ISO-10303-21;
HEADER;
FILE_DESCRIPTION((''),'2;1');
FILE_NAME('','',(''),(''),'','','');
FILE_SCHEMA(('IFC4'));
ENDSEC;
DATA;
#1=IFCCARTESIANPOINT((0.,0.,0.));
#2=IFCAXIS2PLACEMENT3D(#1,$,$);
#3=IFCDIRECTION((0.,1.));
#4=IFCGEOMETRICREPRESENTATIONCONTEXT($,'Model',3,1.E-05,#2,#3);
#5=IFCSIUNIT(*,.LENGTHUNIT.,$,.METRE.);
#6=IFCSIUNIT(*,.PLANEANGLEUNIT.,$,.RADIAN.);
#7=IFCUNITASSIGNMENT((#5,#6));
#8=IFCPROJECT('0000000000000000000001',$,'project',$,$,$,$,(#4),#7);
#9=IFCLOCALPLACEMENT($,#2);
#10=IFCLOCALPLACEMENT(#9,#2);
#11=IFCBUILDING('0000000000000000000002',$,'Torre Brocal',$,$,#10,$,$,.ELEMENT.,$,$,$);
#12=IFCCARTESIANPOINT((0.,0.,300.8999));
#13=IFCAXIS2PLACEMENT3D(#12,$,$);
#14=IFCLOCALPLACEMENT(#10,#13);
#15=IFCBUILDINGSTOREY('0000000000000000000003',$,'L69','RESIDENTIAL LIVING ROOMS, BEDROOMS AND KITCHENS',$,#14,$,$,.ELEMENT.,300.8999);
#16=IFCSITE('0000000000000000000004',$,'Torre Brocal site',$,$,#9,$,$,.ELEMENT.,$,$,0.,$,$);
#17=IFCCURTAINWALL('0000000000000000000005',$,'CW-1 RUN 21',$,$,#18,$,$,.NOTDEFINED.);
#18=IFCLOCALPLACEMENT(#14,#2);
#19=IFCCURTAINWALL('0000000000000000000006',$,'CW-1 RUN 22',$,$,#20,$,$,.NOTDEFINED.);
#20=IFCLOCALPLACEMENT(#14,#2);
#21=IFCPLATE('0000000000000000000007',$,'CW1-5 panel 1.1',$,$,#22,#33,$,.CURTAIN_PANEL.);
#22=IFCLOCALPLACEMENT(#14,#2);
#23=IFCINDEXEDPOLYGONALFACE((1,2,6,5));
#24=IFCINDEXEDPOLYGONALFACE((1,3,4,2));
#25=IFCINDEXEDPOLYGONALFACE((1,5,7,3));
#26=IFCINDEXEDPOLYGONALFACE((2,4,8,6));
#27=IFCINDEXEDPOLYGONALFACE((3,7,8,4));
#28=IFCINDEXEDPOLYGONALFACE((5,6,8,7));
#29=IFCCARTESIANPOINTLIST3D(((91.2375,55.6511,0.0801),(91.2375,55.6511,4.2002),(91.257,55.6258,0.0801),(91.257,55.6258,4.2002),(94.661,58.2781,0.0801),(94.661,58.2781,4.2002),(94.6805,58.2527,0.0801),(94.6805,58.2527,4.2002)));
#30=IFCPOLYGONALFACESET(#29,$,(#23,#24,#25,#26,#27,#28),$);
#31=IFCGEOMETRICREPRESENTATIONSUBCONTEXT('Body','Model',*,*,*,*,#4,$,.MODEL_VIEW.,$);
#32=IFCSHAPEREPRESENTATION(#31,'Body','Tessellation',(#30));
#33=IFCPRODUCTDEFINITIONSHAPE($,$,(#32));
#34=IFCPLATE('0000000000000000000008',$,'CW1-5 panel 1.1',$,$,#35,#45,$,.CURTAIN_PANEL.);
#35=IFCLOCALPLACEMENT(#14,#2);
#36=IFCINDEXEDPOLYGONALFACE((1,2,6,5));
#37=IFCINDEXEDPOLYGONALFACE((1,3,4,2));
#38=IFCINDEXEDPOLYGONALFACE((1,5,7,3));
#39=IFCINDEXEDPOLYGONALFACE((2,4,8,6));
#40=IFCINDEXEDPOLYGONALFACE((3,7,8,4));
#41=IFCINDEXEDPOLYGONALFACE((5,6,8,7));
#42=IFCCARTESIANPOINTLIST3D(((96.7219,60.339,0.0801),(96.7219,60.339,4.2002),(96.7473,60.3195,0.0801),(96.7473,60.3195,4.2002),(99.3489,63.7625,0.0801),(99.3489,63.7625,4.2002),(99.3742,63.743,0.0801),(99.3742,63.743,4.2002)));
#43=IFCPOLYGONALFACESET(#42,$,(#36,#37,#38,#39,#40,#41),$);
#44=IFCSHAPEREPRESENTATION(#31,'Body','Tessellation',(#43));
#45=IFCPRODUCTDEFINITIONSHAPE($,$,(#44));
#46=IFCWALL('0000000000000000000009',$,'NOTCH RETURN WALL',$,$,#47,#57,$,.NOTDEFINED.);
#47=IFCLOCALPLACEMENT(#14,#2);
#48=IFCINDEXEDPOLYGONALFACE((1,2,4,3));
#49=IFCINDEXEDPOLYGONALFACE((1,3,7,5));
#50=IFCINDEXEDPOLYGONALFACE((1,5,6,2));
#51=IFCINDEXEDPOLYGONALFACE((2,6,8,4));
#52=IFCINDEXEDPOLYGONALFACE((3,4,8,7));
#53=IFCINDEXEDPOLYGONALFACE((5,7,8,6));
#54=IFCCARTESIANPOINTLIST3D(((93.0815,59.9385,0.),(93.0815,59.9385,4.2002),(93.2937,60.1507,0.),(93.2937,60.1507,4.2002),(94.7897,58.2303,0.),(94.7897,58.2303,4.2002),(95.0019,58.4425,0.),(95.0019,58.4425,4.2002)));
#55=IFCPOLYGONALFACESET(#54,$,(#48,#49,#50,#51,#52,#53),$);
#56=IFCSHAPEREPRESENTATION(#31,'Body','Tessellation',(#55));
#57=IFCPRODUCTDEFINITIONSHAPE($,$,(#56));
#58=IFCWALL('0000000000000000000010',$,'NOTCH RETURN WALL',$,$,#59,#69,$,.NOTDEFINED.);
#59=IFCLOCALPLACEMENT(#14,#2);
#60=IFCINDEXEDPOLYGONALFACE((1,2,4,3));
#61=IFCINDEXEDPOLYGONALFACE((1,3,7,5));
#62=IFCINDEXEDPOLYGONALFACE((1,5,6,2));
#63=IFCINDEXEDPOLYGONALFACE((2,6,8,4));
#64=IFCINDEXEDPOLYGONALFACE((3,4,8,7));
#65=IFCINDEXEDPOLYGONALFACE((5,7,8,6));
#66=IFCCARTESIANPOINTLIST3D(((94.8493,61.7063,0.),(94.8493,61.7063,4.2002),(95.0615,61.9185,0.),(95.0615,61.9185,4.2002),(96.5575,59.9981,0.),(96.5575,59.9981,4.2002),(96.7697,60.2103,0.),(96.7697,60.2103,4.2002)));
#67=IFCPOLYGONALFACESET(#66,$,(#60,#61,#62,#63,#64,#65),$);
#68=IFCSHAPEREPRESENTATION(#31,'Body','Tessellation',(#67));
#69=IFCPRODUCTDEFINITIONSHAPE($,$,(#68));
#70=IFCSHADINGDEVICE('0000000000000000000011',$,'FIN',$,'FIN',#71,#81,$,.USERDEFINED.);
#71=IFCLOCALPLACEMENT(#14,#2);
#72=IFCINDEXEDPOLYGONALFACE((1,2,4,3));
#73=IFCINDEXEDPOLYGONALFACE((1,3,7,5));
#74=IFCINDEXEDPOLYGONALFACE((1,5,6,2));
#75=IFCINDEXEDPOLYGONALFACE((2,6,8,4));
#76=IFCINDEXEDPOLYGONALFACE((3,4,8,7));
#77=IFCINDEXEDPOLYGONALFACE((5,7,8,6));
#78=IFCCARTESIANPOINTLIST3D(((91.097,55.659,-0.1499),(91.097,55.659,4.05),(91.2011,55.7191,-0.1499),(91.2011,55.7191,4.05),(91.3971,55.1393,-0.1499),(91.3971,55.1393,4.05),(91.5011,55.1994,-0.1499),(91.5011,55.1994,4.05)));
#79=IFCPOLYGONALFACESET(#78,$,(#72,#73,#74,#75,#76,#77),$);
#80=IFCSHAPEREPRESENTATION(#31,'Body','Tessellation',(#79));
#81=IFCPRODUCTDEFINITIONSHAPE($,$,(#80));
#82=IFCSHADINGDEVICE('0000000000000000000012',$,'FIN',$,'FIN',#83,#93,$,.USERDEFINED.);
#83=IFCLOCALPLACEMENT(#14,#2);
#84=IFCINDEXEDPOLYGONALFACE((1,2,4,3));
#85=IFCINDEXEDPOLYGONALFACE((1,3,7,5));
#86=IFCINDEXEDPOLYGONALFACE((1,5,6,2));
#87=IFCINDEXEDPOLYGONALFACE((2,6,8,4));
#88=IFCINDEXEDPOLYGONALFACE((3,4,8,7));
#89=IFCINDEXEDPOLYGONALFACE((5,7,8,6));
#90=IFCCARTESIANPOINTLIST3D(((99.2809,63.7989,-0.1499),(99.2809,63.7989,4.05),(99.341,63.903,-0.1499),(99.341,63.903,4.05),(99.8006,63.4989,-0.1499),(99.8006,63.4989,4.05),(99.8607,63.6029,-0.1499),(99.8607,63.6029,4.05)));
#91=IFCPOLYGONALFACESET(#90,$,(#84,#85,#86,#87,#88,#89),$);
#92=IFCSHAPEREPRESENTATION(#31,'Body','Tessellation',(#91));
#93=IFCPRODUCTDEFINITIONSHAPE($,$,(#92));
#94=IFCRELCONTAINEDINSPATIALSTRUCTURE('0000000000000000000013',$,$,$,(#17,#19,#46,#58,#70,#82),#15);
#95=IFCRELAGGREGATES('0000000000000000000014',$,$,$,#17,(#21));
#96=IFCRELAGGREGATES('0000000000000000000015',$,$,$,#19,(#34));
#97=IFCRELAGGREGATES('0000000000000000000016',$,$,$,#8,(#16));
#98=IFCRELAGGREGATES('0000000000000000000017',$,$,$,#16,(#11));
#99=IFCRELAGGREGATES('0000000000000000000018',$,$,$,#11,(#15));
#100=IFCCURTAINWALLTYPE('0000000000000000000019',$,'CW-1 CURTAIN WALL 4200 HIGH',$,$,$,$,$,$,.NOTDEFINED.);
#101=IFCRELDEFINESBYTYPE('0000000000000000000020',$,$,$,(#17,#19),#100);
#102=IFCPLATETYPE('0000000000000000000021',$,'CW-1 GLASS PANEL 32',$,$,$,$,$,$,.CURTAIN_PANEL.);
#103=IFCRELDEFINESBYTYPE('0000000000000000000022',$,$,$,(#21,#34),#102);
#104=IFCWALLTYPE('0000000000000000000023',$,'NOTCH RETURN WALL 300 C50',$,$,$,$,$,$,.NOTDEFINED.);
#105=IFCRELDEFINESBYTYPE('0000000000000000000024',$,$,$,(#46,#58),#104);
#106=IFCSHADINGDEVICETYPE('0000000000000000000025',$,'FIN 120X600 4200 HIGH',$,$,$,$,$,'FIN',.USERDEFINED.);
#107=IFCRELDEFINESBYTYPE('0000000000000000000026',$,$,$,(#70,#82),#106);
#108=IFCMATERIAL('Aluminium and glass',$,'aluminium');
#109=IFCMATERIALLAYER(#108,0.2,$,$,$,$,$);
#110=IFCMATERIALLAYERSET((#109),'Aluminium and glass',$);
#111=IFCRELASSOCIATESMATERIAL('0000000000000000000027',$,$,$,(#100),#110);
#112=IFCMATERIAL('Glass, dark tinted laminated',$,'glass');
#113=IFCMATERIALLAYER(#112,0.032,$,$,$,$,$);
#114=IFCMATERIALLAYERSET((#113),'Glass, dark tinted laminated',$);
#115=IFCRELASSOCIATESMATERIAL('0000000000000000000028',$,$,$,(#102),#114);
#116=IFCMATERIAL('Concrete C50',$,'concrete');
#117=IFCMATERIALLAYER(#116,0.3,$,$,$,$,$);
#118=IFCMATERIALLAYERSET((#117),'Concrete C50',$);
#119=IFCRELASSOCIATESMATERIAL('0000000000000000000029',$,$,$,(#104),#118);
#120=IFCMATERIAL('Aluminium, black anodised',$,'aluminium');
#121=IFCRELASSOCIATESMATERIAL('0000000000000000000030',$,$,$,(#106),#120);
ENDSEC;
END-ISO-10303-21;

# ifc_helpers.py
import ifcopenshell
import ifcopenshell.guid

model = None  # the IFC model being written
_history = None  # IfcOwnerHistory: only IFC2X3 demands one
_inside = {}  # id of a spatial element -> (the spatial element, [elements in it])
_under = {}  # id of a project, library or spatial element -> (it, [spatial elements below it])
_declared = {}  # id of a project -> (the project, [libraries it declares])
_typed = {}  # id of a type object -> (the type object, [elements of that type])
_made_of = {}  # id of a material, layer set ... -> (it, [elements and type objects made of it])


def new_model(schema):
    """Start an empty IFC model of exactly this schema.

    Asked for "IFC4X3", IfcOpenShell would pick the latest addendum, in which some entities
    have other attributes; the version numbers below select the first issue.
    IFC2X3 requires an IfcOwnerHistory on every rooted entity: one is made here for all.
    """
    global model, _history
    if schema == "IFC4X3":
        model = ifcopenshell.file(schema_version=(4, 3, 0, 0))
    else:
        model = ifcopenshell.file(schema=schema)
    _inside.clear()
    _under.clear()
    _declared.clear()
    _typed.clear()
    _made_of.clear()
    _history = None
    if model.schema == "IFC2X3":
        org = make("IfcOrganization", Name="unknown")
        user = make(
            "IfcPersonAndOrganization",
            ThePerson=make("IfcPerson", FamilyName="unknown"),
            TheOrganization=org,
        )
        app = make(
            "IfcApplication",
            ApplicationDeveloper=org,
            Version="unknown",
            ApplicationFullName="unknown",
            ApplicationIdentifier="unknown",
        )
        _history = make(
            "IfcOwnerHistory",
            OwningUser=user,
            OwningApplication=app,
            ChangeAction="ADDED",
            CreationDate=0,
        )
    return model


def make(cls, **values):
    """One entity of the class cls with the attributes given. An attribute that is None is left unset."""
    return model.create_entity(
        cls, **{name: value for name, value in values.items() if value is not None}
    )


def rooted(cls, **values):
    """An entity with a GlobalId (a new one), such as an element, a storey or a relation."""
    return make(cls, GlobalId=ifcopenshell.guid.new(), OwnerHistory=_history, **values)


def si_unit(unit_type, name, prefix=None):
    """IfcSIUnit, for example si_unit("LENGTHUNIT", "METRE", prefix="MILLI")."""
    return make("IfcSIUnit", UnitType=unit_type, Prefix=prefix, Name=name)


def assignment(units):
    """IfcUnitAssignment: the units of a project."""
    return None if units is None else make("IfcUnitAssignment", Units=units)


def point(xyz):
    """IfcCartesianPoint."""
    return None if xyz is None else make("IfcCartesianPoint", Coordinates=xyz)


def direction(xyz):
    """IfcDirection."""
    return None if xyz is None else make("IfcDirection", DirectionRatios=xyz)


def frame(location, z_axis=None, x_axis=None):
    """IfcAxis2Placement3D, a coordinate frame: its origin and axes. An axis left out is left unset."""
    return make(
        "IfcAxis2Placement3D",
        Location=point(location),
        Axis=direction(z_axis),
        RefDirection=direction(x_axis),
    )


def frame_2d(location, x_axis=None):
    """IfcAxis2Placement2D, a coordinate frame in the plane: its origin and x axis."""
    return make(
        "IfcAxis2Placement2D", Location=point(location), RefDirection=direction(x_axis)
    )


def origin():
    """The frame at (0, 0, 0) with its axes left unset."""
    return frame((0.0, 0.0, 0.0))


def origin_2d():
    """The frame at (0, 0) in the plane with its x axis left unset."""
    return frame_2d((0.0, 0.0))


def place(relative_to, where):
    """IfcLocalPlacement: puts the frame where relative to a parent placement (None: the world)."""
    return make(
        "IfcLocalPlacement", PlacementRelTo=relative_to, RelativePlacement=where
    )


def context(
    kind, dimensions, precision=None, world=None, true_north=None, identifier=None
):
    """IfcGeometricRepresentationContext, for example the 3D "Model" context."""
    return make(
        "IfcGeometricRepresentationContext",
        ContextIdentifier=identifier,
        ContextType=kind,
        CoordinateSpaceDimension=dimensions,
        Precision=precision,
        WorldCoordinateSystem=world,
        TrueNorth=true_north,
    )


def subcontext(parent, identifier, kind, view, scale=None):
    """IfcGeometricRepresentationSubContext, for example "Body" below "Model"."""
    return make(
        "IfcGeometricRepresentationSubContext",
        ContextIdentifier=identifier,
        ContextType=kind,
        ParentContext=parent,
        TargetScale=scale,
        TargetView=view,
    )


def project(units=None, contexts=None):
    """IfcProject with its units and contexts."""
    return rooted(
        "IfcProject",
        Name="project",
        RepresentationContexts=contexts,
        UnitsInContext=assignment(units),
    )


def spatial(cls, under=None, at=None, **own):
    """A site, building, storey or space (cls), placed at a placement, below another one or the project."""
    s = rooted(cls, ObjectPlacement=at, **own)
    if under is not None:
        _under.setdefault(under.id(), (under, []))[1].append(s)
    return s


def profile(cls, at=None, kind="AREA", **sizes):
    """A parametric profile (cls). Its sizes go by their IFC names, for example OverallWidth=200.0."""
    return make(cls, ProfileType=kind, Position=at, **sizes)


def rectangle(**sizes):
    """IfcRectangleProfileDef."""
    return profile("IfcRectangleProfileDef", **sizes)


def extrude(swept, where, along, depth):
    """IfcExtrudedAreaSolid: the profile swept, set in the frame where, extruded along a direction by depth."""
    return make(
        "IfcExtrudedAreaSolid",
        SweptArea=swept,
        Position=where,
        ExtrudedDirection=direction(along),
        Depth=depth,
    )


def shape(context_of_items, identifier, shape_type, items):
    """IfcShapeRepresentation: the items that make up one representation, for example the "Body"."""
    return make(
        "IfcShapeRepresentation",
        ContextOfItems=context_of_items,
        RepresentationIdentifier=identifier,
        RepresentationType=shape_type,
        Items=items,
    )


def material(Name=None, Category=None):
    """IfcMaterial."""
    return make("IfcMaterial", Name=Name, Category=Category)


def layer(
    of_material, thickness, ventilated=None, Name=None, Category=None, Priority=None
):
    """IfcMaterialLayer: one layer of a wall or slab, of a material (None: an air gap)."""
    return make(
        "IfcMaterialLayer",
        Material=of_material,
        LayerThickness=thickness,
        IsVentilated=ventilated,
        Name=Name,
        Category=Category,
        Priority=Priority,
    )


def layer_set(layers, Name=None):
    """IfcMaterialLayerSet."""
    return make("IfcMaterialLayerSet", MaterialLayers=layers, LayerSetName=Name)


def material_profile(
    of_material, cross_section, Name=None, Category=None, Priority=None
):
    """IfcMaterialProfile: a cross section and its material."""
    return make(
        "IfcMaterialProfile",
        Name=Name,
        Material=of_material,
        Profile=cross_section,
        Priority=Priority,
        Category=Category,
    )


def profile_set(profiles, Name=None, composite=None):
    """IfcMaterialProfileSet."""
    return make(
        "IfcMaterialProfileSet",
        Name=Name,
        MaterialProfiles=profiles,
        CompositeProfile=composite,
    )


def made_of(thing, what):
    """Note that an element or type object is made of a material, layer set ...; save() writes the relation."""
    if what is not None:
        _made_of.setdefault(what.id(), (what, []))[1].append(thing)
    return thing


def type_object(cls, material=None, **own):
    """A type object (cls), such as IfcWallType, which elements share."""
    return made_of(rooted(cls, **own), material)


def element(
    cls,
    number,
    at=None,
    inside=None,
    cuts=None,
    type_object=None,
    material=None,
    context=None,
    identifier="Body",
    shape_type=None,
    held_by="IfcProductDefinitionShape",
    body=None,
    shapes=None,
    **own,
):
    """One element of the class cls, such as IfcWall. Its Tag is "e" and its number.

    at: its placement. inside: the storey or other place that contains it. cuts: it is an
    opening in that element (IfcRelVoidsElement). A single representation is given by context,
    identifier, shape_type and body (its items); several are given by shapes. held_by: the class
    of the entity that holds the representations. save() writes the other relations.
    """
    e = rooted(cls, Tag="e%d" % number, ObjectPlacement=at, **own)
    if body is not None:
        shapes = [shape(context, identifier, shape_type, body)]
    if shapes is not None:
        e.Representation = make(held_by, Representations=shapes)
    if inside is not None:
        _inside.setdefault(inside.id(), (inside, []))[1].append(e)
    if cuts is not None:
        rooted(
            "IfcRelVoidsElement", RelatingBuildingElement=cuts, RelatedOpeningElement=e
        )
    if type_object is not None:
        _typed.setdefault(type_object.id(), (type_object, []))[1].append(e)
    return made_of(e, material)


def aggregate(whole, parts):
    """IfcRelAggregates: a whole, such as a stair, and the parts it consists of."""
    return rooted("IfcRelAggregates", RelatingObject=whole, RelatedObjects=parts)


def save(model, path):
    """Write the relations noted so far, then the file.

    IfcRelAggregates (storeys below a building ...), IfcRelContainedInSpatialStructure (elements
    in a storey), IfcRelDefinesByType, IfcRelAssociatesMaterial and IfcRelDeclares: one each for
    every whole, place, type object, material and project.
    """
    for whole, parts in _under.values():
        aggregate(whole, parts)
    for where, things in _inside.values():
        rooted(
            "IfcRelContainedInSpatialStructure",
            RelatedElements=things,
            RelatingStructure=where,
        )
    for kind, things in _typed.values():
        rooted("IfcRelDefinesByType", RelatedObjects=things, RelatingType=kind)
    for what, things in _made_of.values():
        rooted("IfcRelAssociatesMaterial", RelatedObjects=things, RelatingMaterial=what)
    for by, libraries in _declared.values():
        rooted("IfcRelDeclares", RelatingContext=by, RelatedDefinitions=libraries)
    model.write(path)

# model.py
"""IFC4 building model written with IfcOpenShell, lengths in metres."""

from ifc_helpers import new_model, si_unit, direction, frame, frame_2d, origin, origin_2d, place, context, subcontext, project, spatial, rectangle, extrude, material, layer, layer_set, material_profile, profile_set, type_object, element, aggregate, save


model = new_model("IFC4")

# Units and contexts
model_context = context("Model", 3, precision=1e-05, world=origin(), true_north=direction((0.0, 1.0)))
body_context = subcontext(model_context, "Body", "Model", "MODEL_VIEW")
ifc_project = project(units=[si_unit("LENGTHUNIT", "METRE"), si_unit("PLANEANGLEUNIT", "RADIAN")], contexts=[model_context])

# Site, building, storey
site_placement = place(None, origin())
site = spatial("IfcSite", under=ifc_project, at=site_placement, Name="Torre Brocal site", CompositionType="ELEMENT", RefElevation=0.0)
building_placement = place(site_placement, origin())
building = spatial("IfcBuilding", under=site, at=building_placement, Name="Torre Brocal", CompositionType="ELEMENT")
storey_placement = place(building_placement, frame((0.0, 0.0, 300.8999)))
storey = spatial("IfcBuildingStorey", under=building, at=storey_placement, Name="L69", Description="RESIDENTIAL LIVING ROOMS, BEDROOMS AND KITCHENS", CompositionType="ELEMENT", Elevation=300.8999)

# Curtain walls
ifc_material_1 = material(Name="Aluminium and glass", Category="aluminium")
ifc_layer_1 = layer(ifc_material_1, 0.2)
ifc_layer_set_1 = layer_set([ifc_layer_1], Name="Aluminium and glass")
curtain_wall_type = type_object("IfcCurtainWallType", Name="CW-1 CURTAIN WALL 4200 HIGH", PredefinedType="NOTDEFINED", material=ifc_layer_set_1)
curtain_wall_1_placement = place(storey_placement, origin())
curtain_wall_1 = element("IfcCurtainWall", 1, at=curtain_wall_1_placement, inside=storey, type_object=curtain_wall_type, Name="CW-1 RUN 21", PredefinedType="NOTDEFINED")
curtain_wall_2_placement = place(storey_placement, origin())
curtain_wall_2 = element("IfcCurtainWall", 2, at=curtain_wall_2_placement, inside=storey, type_object=curtain_wall_type, Name="CW-1 RUN 22", PredefinedType="NOTDEFINED")

# Plates
ifc_material_2 = material(Name="Glass, dark tinted laminated", Category="glass")
ifc_layer_2 = layer(ifc_material_2, 0.032)
ifc_layer_set_2 = layer_set([ifc_layer_2], Name="Glass, dark tinted laminated")
plate_type = type_object("IfcPlateType", Name="CW-1 GLASS PANEL 32", PredefinedType="CURTAIN_PANEL", material=ifc_layer_set_2)
plate_1_placement = place(storey_placement, frame((92.959, 56.9519, 0.0801), z_axis=(0.0, 0.0, 1.0), x_axis=(0.793353, 0.608761, 0.0)))
plate_1 = element("IfcPlate", 3, at=plate_1_placement, type_object=plate_type, Name="CW1-5 panel 1.1", PredefinedType="CURTAIN_PANEL", context=body_context, shape_type="SweptSolid", body=[
    extrude(rectangle(XDim=4.3152, YDim=0.032, at=origin_2d()), origin(), (0.0, 0.0, 1.0), 4.1201),
])
aggregate(curtain_wall_1, [plate_1])
plate_2_placement = place(storey_placement, frame((98.0481, 62.041, 0.0801), z_axis=(0.0, 0.0, 1.0), x_axis=(0.608761, 0.793353, 0.0)))
plate_2 = element("IfcPlate", 4, at=plate_2_placement, type_object=plate_type, Name="CW1-5 panel 1.1", PredefinedType="CURTAIN_PANEL", context=body_context, shape_type="SweptSolid", body=[
    extrude(rectangle(XDim=4.3152, YDim=0.032, at=origin_2d()), origin(), (0.0, 0.0, 1.0), 4.1201),
])
aggregate(curtain_wall_2, [plate_2])

# Walls
ifc_material_3 = material(Name="Concrete C50", Category="concrete")
ifc_layer_3 = layer(ifc_material_3, 0.3)
ifc_layer_set_3 = layer_set([ifc_layer_3], Name="Concrete C50")
wall_type = type_object("IfcWallType", Name="NOTCH RETURN WALL 300 C50", PredefinedType="NOTDEFINED", material=ifc_layer_set_3)
for number, where, z_axis, x_axis, name in (
    (5, (93.1875, 60.0447, 0.0), (0.0, 0.0, 1.0), (0.707107, -0.707107, 0.0), "NOTCH RETURN WALL"),
    (6, (94.9553, 61.8125, 0.0), (0.0, 0.0, 1.0), (0.707107, -0.707107, 0.0), "NOTCH RETURN WALL"),
):
    element("IfcWall", number, at=place(storey_placement, frame(where, z_axis=z_axis, x_axis=x_axis)), inside=storey, type_object=wall_type, Name=name, PredefinedType="NOTDEFINED", context=body_context, shape_type="SweptSolid", body=[
        extrude(rectangle(XDim=2.4158, YDim=0.3, at=frame_2d((1.208, 0.0))), origin(), (0.0, 0.0, 1.0), 4.2002),
    ])

# Shading devices
ifc_material_4 = material(Name="Aluminium, black anodised", Category="aluminium")
ifc_material_profile_1 = material_profile(ifc_material_4, rectangle(XDim=0.1201, YDim=0.6001, at=origin_2d()), Name="FIN 120X600 4200 HIGH")
ifc_profile_set_1 = profile_set([ifc_material_profile_1], Name="Aluminium, black anodised")
shading_device_type = type_object("IfcShadingDeviceType", Name="FIN 120X600 4200 HIGH", ElementType="FIN", PredefinedType="USERDEFINED", material=ifc_profile_set_1)
for number, where, z_axis, x_axis, name in (
    (7, (91.2991, 55.4292, -0.1499), (0.0, 0.0, 1.0), (0.866025, 0.5, 0.0), "FIN"),
    (8, (99.5708, 63.7009, -0.1499), (0.0, 0.0, 1.0), (0.5, 0.866025, 0.0), "FIN"),
):
    element("IfcShadingDevice", number, at=place(storey_placement, frame(where, z_axis=z_axis, x_axis=x_axis)), inside=storey, type_object=shading_device_type, Name=name, ObjectType="FIN", PredefinedType="USERDEFINED", context=body_context, shape_type="SweptSolid", body=[
        extrude(rectangle(XDim=0.1201, YDim=0.6001, at=origin_2d()), origin(), (0.0, 0.0, 1.0), 4.2),
    ])

save(model, "model.ifc")
